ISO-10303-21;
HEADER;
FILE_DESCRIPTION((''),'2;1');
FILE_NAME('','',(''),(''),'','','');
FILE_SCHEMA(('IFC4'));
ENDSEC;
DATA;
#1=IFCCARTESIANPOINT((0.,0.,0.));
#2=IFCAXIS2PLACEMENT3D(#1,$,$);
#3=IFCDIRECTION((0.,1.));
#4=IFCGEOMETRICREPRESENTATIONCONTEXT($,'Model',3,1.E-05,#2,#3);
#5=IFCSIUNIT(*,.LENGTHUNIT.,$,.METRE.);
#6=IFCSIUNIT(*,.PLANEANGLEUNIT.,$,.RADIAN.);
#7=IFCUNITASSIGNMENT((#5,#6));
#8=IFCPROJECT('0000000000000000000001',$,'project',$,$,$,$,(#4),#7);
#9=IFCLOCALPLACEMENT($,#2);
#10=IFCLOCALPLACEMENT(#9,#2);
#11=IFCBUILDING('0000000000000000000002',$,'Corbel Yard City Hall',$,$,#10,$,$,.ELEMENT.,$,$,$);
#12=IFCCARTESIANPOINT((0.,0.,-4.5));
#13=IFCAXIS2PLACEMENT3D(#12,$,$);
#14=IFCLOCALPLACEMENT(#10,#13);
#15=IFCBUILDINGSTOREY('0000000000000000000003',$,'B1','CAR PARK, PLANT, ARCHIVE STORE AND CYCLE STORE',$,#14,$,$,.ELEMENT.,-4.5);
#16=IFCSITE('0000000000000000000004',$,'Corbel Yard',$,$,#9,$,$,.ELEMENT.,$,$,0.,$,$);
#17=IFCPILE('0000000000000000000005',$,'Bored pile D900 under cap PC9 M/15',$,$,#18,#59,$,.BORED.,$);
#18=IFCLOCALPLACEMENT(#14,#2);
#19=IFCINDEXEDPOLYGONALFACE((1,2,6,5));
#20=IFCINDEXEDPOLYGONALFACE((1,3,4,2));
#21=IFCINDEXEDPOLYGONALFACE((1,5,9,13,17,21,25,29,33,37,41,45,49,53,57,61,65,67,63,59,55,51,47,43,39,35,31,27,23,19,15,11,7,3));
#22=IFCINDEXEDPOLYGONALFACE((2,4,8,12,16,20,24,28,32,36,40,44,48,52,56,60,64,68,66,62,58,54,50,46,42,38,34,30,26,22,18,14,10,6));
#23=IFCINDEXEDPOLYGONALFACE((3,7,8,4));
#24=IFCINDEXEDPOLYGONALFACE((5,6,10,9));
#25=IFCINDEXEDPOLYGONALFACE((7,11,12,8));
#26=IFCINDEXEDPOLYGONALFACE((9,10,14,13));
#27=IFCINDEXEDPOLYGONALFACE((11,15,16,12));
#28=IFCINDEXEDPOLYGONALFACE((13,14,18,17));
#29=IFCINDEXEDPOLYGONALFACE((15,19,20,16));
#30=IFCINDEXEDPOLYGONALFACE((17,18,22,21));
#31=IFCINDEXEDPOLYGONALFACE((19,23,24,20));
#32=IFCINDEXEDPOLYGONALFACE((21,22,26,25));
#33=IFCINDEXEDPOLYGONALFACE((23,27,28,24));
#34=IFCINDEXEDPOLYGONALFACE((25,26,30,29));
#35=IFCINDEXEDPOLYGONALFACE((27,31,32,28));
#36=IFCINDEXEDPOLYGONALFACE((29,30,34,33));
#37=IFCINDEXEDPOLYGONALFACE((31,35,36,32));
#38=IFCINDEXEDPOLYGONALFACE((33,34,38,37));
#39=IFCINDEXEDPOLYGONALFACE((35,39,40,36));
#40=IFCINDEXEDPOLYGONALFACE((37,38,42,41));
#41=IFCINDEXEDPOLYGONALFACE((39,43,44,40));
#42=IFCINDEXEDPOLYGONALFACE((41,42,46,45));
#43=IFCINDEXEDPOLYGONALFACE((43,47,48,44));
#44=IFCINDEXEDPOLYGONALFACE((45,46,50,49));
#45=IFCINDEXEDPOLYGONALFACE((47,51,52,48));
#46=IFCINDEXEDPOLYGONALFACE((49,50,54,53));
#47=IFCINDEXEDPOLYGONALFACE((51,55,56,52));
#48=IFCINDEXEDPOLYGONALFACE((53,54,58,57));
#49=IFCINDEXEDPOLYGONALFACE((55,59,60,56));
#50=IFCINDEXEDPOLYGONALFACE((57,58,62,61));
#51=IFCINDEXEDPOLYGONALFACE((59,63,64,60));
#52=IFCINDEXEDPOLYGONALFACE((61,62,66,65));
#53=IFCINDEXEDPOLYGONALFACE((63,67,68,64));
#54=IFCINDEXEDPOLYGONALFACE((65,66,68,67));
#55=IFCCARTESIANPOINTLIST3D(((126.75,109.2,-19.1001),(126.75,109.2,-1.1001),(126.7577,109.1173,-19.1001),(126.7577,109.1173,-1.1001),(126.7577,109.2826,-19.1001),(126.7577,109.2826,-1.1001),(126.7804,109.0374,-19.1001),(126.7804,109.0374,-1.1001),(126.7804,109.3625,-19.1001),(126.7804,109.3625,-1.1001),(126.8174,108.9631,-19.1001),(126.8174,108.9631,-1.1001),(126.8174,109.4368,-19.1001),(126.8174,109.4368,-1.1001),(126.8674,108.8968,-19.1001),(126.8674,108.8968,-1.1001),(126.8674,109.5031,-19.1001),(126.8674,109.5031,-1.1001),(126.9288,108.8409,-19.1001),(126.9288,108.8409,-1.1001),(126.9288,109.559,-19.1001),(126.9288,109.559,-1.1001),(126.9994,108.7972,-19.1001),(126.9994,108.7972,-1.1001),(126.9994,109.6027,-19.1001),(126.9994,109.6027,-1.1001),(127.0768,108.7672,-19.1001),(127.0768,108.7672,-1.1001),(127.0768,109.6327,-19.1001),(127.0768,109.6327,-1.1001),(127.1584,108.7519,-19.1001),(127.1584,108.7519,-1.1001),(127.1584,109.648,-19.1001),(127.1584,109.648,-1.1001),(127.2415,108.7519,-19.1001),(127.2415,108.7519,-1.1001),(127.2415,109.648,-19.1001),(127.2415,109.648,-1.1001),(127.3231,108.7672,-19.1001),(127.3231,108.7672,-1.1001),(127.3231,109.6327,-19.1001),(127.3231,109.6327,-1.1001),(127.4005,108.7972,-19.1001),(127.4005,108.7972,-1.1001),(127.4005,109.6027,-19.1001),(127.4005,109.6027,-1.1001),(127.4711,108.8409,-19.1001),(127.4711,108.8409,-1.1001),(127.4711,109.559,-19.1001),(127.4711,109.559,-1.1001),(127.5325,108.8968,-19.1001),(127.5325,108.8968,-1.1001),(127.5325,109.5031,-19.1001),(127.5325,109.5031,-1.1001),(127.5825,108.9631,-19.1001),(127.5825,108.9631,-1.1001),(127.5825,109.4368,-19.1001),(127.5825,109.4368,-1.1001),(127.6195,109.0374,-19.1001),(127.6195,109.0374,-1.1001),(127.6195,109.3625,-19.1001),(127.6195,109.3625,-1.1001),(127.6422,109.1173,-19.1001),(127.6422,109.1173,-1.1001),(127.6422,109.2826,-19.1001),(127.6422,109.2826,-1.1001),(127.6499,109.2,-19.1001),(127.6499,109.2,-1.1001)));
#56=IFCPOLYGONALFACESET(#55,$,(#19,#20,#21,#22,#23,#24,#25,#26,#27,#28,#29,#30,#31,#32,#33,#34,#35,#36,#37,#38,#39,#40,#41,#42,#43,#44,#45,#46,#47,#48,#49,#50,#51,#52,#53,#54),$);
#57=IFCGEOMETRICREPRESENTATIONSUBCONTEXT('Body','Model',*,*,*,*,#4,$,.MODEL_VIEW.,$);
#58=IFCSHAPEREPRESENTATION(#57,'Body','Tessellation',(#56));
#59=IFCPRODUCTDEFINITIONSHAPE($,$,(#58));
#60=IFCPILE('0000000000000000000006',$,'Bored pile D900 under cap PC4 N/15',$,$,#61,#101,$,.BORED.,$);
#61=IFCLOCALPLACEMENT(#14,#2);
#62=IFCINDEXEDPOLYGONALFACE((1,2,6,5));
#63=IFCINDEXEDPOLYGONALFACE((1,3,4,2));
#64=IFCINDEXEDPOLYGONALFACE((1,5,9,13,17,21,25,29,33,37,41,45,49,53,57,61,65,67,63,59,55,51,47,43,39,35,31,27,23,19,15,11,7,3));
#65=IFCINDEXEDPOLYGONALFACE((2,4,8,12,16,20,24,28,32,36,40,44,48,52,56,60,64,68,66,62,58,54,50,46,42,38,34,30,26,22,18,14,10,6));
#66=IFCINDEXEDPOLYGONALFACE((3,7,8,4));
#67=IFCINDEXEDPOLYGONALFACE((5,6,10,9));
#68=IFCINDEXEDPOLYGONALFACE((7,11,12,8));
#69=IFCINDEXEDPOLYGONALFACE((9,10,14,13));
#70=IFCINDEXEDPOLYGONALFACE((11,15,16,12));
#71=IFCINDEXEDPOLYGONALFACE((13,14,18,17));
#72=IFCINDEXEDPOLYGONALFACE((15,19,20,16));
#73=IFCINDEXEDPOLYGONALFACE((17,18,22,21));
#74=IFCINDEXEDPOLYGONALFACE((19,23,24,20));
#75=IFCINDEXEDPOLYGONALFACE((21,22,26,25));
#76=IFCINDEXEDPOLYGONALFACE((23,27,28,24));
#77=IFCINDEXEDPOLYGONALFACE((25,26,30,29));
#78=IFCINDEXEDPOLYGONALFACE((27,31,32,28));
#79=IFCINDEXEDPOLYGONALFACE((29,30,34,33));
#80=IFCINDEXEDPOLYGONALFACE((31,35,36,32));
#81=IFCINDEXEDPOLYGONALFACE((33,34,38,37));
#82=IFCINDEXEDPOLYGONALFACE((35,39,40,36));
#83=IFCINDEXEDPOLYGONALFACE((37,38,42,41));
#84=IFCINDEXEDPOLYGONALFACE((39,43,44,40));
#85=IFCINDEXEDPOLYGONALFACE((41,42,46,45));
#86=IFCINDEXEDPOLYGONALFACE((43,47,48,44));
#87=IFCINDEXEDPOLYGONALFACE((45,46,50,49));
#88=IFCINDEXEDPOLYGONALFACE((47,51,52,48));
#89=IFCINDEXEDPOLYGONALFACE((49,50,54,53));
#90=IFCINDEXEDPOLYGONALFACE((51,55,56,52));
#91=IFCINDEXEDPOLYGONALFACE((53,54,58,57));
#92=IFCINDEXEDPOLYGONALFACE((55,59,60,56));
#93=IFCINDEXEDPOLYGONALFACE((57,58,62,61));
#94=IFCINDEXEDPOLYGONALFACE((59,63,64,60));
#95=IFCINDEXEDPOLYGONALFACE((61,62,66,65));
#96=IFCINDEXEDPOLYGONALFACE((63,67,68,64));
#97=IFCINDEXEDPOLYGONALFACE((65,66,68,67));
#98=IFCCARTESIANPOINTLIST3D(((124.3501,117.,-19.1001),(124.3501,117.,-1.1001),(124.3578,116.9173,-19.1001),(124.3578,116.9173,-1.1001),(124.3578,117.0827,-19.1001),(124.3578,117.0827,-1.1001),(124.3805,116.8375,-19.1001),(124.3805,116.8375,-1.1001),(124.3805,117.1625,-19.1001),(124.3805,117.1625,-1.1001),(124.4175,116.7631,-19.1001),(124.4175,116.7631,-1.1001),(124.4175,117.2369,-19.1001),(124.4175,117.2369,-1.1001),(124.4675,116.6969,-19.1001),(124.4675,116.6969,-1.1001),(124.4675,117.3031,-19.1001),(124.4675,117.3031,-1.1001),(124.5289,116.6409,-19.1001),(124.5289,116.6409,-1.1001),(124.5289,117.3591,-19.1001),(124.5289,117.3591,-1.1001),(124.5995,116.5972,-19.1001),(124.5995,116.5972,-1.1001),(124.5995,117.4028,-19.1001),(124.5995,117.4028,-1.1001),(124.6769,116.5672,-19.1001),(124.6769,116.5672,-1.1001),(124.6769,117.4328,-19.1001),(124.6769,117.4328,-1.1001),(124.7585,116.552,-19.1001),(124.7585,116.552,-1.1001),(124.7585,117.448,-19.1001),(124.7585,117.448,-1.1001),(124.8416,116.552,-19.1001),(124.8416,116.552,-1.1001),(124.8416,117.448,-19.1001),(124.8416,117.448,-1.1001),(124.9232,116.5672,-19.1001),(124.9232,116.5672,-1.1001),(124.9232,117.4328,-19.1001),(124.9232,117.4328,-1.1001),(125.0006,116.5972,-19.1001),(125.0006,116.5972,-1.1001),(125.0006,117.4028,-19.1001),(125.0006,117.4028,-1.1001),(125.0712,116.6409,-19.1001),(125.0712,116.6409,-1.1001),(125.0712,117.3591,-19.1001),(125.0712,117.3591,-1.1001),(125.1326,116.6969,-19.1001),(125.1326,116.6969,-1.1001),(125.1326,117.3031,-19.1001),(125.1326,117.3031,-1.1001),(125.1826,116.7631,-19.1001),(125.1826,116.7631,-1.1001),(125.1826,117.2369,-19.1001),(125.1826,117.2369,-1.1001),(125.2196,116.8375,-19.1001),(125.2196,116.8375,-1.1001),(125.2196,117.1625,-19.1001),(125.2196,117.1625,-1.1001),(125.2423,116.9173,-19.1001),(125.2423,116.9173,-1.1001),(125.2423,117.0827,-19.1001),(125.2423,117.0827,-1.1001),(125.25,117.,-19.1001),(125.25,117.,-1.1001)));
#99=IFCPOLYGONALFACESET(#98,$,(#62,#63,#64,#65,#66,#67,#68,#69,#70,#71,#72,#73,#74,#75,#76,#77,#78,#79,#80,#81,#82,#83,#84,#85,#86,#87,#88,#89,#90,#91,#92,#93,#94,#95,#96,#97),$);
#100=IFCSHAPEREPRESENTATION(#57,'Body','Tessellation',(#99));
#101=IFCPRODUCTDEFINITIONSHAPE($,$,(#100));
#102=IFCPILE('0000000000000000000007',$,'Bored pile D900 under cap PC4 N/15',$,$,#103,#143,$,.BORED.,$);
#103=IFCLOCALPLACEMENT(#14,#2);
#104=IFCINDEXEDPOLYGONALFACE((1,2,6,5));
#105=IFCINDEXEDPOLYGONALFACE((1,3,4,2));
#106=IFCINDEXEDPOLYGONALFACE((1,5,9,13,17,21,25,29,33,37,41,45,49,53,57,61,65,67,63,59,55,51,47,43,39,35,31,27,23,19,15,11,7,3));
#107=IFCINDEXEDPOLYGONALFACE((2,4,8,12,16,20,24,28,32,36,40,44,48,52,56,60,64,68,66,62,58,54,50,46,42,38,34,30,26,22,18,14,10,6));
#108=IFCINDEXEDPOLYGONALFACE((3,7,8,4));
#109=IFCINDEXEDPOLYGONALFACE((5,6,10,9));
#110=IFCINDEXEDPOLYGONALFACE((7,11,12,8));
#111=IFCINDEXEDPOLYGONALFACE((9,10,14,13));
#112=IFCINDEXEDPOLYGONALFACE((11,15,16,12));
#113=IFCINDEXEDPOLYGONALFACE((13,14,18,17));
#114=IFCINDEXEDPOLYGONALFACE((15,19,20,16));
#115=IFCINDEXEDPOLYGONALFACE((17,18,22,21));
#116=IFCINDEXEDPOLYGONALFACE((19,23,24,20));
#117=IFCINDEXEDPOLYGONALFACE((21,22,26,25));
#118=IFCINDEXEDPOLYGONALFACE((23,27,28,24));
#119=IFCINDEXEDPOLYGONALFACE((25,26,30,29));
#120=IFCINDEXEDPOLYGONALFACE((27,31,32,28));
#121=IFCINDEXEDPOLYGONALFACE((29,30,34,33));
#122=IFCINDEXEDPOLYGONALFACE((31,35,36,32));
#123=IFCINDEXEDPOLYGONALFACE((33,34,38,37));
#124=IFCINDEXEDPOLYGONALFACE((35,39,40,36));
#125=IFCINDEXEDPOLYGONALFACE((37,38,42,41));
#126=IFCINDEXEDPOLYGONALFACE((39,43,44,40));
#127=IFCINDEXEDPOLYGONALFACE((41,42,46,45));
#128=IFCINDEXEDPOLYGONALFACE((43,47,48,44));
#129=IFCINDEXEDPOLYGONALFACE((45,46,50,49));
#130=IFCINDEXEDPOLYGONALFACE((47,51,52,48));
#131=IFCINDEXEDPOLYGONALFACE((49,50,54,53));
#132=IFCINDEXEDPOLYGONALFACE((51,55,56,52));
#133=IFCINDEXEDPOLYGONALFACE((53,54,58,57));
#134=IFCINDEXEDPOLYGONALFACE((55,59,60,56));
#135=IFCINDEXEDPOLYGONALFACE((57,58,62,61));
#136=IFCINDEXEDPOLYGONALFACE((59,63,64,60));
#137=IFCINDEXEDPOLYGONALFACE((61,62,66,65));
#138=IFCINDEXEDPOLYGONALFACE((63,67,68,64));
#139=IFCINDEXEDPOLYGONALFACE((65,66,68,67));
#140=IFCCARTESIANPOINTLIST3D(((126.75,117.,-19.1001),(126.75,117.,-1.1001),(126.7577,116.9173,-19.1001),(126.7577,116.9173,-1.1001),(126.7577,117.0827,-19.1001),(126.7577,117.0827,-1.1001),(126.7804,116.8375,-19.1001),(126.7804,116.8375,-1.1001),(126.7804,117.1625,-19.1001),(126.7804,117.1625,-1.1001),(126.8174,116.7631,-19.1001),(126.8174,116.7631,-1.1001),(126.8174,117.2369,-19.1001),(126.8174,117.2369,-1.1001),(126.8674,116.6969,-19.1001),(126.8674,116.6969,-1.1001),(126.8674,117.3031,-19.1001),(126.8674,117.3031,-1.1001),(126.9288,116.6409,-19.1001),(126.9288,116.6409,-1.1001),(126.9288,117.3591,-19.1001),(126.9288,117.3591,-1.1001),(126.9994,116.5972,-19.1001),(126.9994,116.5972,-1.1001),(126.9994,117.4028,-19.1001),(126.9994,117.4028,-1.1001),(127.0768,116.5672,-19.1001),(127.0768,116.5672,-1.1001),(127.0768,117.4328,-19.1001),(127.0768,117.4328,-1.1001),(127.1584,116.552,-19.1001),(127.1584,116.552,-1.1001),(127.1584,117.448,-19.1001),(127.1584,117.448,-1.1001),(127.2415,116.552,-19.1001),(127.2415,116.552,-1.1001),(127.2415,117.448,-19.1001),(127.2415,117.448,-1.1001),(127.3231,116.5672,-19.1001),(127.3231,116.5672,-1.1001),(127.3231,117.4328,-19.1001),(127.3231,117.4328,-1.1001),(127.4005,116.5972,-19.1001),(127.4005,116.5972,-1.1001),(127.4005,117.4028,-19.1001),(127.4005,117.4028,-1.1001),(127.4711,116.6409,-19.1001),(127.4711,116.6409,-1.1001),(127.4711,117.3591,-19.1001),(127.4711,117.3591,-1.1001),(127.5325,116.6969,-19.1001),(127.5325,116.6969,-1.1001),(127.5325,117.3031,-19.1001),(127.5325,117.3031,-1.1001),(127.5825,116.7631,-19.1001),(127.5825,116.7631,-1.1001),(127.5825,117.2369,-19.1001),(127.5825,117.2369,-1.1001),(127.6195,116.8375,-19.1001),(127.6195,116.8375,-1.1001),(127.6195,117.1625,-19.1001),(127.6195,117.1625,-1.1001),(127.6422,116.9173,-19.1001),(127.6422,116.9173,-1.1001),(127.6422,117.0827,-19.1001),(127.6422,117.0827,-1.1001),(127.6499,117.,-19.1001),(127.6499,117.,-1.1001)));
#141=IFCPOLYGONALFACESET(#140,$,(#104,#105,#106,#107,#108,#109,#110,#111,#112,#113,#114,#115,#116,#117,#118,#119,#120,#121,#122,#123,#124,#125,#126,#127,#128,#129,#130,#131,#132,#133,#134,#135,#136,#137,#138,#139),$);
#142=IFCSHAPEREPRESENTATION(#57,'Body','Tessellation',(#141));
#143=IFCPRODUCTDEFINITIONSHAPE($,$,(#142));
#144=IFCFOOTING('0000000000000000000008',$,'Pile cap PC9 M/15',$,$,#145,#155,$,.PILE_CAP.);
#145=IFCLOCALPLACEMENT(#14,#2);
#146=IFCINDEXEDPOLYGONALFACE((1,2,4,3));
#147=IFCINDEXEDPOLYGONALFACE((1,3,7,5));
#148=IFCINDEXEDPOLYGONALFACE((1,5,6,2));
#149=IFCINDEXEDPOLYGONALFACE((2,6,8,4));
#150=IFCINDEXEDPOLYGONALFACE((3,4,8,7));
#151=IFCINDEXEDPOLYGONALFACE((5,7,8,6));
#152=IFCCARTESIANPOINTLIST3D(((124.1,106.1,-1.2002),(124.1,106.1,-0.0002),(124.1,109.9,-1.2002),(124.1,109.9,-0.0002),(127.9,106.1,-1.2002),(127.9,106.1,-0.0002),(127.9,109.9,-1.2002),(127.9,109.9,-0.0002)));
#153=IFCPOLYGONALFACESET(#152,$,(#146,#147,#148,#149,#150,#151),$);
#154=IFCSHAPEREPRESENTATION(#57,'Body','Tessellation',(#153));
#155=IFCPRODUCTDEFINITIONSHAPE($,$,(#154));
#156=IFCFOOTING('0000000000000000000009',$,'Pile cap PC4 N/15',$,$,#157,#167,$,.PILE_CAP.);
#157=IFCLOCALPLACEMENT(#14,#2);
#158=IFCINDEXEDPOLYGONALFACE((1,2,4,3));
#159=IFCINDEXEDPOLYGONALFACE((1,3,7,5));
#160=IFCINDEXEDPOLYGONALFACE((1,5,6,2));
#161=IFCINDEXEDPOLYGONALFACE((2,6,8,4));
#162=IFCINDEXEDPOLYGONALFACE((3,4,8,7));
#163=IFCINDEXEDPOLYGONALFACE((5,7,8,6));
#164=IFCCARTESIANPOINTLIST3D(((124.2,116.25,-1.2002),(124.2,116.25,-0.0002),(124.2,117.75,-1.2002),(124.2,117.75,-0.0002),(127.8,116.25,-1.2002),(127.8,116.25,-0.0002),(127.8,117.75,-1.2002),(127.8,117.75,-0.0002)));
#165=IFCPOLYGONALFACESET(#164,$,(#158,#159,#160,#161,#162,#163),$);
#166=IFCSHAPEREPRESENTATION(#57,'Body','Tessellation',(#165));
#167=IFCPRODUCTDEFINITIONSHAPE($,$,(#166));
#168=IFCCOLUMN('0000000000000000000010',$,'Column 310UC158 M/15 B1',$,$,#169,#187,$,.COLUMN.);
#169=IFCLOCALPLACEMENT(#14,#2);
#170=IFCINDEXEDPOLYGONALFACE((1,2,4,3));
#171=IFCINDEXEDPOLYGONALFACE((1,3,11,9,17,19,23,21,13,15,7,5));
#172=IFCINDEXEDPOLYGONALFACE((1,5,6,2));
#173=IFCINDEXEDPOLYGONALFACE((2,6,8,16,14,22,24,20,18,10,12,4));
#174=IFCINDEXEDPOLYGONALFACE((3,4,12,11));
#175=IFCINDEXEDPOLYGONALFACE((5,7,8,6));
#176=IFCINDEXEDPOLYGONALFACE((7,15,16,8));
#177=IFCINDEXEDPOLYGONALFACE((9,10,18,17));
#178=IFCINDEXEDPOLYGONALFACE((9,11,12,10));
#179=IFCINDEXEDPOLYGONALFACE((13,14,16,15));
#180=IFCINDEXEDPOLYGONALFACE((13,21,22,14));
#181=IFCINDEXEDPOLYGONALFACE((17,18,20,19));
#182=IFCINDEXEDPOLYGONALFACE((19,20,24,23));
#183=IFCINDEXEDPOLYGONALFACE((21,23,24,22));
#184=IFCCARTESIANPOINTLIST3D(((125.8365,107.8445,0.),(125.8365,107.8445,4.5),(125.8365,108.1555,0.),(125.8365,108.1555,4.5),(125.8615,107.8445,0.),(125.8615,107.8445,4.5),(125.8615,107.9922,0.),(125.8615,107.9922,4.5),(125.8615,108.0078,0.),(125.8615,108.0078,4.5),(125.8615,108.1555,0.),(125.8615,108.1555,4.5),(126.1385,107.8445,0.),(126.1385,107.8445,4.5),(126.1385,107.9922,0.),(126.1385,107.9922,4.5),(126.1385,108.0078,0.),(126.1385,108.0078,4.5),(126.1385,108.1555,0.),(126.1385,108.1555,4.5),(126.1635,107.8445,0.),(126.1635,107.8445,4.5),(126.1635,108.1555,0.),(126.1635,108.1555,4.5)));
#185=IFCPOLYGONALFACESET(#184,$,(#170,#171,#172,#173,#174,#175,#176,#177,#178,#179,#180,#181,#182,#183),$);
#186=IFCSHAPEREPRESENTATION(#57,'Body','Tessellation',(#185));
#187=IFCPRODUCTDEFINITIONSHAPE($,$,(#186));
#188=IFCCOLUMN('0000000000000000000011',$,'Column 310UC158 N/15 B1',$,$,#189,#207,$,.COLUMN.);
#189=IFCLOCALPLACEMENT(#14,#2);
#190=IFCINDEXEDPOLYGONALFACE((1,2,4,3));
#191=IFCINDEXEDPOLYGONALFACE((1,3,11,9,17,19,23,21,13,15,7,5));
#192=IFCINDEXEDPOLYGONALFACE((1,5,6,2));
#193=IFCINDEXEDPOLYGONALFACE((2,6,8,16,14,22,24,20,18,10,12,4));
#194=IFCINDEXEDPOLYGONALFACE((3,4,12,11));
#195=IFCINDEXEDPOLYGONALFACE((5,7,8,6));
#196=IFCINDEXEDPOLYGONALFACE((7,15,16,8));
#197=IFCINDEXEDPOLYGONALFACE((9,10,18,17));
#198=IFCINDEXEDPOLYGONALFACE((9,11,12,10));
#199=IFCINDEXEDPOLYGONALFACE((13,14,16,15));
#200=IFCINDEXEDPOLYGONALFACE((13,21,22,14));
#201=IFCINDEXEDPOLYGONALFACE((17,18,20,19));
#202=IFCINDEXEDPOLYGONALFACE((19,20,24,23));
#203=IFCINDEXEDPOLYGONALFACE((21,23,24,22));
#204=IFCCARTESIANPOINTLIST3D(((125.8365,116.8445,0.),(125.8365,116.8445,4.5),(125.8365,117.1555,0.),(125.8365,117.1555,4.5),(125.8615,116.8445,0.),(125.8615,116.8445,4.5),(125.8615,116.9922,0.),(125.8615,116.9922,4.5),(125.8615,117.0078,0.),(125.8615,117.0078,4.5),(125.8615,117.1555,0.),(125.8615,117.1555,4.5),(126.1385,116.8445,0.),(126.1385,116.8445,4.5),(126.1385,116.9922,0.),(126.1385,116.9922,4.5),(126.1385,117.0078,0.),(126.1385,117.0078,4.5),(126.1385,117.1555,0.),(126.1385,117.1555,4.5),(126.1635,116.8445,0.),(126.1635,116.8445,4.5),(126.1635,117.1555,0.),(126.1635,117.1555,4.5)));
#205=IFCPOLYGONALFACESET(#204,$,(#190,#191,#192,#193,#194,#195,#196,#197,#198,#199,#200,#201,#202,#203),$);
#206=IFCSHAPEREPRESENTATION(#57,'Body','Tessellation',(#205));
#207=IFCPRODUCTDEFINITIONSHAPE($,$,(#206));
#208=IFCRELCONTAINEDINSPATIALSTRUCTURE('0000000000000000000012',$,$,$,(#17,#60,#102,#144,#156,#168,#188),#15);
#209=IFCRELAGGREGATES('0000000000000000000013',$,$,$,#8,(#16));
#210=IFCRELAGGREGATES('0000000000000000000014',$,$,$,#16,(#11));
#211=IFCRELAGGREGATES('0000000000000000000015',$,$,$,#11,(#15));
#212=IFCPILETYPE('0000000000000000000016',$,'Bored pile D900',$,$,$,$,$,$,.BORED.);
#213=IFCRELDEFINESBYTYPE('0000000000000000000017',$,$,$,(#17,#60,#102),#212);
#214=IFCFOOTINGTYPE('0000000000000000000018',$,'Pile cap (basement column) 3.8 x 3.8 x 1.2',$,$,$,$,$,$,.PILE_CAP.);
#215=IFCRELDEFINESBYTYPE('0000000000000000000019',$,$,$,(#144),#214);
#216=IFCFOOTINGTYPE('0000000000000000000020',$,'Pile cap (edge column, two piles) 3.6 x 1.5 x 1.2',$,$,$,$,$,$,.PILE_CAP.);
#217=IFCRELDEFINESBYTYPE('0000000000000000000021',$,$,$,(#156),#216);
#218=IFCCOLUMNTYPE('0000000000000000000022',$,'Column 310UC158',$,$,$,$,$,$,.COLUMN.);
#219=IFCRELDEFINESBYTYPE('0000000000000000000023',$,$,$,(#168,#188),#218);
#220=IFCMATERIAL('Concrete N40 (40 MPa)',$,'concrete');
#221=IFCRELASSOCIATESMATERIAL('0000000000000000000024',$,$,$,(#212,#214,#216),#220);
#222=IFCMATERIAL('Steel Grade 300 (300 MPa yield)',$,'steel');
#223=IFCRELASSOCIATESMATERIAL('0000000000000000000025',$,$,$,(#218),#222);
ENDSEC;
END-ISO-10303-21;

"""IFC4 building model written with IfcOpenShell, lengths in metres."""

from ifc_helpers import new_model, si_unit, direction, frame, origin, origin_2d, place, context, subcontext, project, spatial, rectangle, circle, i_section, extrude, material, material_profile, profile_set, type_object, element, save


model = new_model("IFC4")

# Units and contexts
model_context = context("Model", 3, precision=1e-05, world=origin(), true_north=direction((0.0, 1.0)))
body_context = subcontext(model_context, "Body", "Model", "MODEL_VIEW")
ifc_project = project(units=[si_unit("LENGTHUNIT", "METRE"), si_unit("PLANEANGLEUNIT", "RADIAN")], contexts=[model_context])

# Site, building, storey
site_placement = place(None, origin())
site = spatial("IfcSite", under=ifc_project, at=site_placement, Name="Corbel Yard", CompositionType="ELEMENT", RefElevation=0.0)
building_placement = place(site_placement, origin())
building = spatial("IfcBuilding", under=site, at=building_placement, Name="Corbel Yard City Hall", CompositionType="ELEMENT")
storey_placement = place(building_placement, frame((0.0, 0.0, -4.5)))
storey = spatial("IfcBuildingStorey", under=building, at=storey_placement, Name="B1", Description="CAR PARK, PLANT, ARCHIVE STORE AND CYCLE STORE", CompositionType="ELEMENT", Elevation=-4.5)

# Piles
ifc_material_1 = material(Name="Concrete N40 (40 MPa)", Category="concrete")
ifc_material_profile_1 = material_profile(ifc_material_1, circle(Radius=0.45, at=origin_2d()), Name="D900")
ifc_profile_set_1 = profile_set([ifc_material_profile_1], Name="Concrete N40 (40 MPa)")
pile_type_1 = type_object("IfcPileType", Name="Bored pile D900", PredefinedType="BORED", material=ifc_profile_set_1)
for number, where, z_axis, x_axis, name in (
    (1, (127.2, 109.2, -1.1001), (0.0, 0.0, -1.0), (1.0, 0.0, 0.0), "Bored pile D900 under cap PC9 M/15"),
    (2, (124.8, 117.0, -1.1001), (0.0, 0.0, -1.0), (1.0, 0.0, 0.0), "Bored pile D900 under cap PC4 N/15"),
    (3, (127.2, 117.0, -1.1001), (0.0, 0.0, -1.0), (1.0, 0.0, 0.0), "Bored pile D900 under cap PC4 N/15"),
):
    element("IfcPile", number, at=place(storey_placement, frame(where, z_axis=z_axis, x_axis=x_axis)), inside=storey, type_object=pile_type_1, Name=name, PredefinedType="BORED", context=body_context, shape_type="SweptSolid", body=[
        extrude(circle(Radius=0.45, at=origin_2d()), origin(), (0.0, 0.0, 1.0), 18.0),
    ])

# Footings
footing_type_1 = type_object("IfcFootingType", Name="Pile cap (basement column) 3.8 x 3.8 x 1.2", PredefinedType="PILE_CAP", material=ifc_material_1)
footing_1_placement = place(storey_placement, frame((126.0, 108.0, -1.2002), z_axis=(0.0, 0.0, 1.0), x_axis=(1.0, 0.0, 0.0)))
element("IfcFooting", 4, at=footing_1_placement, inside=storey, type_object=footing_type_1, Name="Pile cap PC9 M/15", PredefinedType="PILE_CAP", context=body_context, shape_type="SweptSolid", body=[
    extrude(rectangle(XDim=3.8, YDim=3.8, at=origin_2d()), origin(), (0.0, 0.0, 1.0), 1.2),
])
footing_type_2 = type_object("IfcFootingType", Name="Pile cap (edge column, two piles) 3.6 x 1.5 x 1.2", PredefinedType="PILE_CAP", material=ifc_material_1)
footing_2_placement = place(storey_placement, frame((126.0, 117.0, -1.2002), z_axis=(0.0, 0.0, 1.0), x_axis=(1.0, 0.0, 0.0)))
element("IfcFooting", 5, at=footing_2_placement, inside=storey, type_object=footing_type_2, Name="Pile cap PC4 N/15", PredefinedType="PILE_CAP", context=body_context, shape_type="SweptSolid", body=[
    extrude(rectangle(XDim=3.6001, YDim=1.5, at=origin_2d()), origin(), (0.0, 0.0, 1.0), 1.2),
])

# Columns
ifc_material_2 = material(Name="Steel Grade 300 (300 MPa yield)", Category="steel")
ifc_material_profile_2 = material_profile(ifc_material_2, i_section(OverallWidth=0.311, OverallDepth=0.3269, WebThickness=0.0156, FlangeThickness=0.0249, at=origin_2d()), Name="310UC158")
ifc_profile_set_2 = profile_set([ifc_material_profile_2], Name="Steel Grade 300 (300 MPa yield)")
column_type = type_object("IfcColumnType", Name="Column 310UC158", PredefinedType="COLUMN", material=ifc_profile_set_2)
for number, where, z_axis, x_axis, name in (
    (6, (126.0, 108.0, 0.0), (0.0, 0.0, 1.0), (0.0, 1.0, 0.0), "Column 310UC158 M/15 B1"),
    (7, (126.0, 117.0, 0.0), (0.0, 0.0, 1.0), (0.0, 1.0, 0.0), "Column 310UC158 N/15 B1"),
):
    element("IfcColumn", number, at=place(storey_placement, frame(where, z_axis=z_axis, x_axis=x_axis)), inside=storey, type_object=column_type, Name=name, PredefinedType="COLUMN", context=body_context, shape_type="SweptSolid", body=[
        extrude(i_section(OverallWidth=0.311, OverallDepth=0.3269, WebThickness=0.0156, FlangeThickness=0.0249, at=origin_2d()), origin(), (0.0, 0.0, 1.0), 4.5),
    ])

save(model, "model.ifc")
